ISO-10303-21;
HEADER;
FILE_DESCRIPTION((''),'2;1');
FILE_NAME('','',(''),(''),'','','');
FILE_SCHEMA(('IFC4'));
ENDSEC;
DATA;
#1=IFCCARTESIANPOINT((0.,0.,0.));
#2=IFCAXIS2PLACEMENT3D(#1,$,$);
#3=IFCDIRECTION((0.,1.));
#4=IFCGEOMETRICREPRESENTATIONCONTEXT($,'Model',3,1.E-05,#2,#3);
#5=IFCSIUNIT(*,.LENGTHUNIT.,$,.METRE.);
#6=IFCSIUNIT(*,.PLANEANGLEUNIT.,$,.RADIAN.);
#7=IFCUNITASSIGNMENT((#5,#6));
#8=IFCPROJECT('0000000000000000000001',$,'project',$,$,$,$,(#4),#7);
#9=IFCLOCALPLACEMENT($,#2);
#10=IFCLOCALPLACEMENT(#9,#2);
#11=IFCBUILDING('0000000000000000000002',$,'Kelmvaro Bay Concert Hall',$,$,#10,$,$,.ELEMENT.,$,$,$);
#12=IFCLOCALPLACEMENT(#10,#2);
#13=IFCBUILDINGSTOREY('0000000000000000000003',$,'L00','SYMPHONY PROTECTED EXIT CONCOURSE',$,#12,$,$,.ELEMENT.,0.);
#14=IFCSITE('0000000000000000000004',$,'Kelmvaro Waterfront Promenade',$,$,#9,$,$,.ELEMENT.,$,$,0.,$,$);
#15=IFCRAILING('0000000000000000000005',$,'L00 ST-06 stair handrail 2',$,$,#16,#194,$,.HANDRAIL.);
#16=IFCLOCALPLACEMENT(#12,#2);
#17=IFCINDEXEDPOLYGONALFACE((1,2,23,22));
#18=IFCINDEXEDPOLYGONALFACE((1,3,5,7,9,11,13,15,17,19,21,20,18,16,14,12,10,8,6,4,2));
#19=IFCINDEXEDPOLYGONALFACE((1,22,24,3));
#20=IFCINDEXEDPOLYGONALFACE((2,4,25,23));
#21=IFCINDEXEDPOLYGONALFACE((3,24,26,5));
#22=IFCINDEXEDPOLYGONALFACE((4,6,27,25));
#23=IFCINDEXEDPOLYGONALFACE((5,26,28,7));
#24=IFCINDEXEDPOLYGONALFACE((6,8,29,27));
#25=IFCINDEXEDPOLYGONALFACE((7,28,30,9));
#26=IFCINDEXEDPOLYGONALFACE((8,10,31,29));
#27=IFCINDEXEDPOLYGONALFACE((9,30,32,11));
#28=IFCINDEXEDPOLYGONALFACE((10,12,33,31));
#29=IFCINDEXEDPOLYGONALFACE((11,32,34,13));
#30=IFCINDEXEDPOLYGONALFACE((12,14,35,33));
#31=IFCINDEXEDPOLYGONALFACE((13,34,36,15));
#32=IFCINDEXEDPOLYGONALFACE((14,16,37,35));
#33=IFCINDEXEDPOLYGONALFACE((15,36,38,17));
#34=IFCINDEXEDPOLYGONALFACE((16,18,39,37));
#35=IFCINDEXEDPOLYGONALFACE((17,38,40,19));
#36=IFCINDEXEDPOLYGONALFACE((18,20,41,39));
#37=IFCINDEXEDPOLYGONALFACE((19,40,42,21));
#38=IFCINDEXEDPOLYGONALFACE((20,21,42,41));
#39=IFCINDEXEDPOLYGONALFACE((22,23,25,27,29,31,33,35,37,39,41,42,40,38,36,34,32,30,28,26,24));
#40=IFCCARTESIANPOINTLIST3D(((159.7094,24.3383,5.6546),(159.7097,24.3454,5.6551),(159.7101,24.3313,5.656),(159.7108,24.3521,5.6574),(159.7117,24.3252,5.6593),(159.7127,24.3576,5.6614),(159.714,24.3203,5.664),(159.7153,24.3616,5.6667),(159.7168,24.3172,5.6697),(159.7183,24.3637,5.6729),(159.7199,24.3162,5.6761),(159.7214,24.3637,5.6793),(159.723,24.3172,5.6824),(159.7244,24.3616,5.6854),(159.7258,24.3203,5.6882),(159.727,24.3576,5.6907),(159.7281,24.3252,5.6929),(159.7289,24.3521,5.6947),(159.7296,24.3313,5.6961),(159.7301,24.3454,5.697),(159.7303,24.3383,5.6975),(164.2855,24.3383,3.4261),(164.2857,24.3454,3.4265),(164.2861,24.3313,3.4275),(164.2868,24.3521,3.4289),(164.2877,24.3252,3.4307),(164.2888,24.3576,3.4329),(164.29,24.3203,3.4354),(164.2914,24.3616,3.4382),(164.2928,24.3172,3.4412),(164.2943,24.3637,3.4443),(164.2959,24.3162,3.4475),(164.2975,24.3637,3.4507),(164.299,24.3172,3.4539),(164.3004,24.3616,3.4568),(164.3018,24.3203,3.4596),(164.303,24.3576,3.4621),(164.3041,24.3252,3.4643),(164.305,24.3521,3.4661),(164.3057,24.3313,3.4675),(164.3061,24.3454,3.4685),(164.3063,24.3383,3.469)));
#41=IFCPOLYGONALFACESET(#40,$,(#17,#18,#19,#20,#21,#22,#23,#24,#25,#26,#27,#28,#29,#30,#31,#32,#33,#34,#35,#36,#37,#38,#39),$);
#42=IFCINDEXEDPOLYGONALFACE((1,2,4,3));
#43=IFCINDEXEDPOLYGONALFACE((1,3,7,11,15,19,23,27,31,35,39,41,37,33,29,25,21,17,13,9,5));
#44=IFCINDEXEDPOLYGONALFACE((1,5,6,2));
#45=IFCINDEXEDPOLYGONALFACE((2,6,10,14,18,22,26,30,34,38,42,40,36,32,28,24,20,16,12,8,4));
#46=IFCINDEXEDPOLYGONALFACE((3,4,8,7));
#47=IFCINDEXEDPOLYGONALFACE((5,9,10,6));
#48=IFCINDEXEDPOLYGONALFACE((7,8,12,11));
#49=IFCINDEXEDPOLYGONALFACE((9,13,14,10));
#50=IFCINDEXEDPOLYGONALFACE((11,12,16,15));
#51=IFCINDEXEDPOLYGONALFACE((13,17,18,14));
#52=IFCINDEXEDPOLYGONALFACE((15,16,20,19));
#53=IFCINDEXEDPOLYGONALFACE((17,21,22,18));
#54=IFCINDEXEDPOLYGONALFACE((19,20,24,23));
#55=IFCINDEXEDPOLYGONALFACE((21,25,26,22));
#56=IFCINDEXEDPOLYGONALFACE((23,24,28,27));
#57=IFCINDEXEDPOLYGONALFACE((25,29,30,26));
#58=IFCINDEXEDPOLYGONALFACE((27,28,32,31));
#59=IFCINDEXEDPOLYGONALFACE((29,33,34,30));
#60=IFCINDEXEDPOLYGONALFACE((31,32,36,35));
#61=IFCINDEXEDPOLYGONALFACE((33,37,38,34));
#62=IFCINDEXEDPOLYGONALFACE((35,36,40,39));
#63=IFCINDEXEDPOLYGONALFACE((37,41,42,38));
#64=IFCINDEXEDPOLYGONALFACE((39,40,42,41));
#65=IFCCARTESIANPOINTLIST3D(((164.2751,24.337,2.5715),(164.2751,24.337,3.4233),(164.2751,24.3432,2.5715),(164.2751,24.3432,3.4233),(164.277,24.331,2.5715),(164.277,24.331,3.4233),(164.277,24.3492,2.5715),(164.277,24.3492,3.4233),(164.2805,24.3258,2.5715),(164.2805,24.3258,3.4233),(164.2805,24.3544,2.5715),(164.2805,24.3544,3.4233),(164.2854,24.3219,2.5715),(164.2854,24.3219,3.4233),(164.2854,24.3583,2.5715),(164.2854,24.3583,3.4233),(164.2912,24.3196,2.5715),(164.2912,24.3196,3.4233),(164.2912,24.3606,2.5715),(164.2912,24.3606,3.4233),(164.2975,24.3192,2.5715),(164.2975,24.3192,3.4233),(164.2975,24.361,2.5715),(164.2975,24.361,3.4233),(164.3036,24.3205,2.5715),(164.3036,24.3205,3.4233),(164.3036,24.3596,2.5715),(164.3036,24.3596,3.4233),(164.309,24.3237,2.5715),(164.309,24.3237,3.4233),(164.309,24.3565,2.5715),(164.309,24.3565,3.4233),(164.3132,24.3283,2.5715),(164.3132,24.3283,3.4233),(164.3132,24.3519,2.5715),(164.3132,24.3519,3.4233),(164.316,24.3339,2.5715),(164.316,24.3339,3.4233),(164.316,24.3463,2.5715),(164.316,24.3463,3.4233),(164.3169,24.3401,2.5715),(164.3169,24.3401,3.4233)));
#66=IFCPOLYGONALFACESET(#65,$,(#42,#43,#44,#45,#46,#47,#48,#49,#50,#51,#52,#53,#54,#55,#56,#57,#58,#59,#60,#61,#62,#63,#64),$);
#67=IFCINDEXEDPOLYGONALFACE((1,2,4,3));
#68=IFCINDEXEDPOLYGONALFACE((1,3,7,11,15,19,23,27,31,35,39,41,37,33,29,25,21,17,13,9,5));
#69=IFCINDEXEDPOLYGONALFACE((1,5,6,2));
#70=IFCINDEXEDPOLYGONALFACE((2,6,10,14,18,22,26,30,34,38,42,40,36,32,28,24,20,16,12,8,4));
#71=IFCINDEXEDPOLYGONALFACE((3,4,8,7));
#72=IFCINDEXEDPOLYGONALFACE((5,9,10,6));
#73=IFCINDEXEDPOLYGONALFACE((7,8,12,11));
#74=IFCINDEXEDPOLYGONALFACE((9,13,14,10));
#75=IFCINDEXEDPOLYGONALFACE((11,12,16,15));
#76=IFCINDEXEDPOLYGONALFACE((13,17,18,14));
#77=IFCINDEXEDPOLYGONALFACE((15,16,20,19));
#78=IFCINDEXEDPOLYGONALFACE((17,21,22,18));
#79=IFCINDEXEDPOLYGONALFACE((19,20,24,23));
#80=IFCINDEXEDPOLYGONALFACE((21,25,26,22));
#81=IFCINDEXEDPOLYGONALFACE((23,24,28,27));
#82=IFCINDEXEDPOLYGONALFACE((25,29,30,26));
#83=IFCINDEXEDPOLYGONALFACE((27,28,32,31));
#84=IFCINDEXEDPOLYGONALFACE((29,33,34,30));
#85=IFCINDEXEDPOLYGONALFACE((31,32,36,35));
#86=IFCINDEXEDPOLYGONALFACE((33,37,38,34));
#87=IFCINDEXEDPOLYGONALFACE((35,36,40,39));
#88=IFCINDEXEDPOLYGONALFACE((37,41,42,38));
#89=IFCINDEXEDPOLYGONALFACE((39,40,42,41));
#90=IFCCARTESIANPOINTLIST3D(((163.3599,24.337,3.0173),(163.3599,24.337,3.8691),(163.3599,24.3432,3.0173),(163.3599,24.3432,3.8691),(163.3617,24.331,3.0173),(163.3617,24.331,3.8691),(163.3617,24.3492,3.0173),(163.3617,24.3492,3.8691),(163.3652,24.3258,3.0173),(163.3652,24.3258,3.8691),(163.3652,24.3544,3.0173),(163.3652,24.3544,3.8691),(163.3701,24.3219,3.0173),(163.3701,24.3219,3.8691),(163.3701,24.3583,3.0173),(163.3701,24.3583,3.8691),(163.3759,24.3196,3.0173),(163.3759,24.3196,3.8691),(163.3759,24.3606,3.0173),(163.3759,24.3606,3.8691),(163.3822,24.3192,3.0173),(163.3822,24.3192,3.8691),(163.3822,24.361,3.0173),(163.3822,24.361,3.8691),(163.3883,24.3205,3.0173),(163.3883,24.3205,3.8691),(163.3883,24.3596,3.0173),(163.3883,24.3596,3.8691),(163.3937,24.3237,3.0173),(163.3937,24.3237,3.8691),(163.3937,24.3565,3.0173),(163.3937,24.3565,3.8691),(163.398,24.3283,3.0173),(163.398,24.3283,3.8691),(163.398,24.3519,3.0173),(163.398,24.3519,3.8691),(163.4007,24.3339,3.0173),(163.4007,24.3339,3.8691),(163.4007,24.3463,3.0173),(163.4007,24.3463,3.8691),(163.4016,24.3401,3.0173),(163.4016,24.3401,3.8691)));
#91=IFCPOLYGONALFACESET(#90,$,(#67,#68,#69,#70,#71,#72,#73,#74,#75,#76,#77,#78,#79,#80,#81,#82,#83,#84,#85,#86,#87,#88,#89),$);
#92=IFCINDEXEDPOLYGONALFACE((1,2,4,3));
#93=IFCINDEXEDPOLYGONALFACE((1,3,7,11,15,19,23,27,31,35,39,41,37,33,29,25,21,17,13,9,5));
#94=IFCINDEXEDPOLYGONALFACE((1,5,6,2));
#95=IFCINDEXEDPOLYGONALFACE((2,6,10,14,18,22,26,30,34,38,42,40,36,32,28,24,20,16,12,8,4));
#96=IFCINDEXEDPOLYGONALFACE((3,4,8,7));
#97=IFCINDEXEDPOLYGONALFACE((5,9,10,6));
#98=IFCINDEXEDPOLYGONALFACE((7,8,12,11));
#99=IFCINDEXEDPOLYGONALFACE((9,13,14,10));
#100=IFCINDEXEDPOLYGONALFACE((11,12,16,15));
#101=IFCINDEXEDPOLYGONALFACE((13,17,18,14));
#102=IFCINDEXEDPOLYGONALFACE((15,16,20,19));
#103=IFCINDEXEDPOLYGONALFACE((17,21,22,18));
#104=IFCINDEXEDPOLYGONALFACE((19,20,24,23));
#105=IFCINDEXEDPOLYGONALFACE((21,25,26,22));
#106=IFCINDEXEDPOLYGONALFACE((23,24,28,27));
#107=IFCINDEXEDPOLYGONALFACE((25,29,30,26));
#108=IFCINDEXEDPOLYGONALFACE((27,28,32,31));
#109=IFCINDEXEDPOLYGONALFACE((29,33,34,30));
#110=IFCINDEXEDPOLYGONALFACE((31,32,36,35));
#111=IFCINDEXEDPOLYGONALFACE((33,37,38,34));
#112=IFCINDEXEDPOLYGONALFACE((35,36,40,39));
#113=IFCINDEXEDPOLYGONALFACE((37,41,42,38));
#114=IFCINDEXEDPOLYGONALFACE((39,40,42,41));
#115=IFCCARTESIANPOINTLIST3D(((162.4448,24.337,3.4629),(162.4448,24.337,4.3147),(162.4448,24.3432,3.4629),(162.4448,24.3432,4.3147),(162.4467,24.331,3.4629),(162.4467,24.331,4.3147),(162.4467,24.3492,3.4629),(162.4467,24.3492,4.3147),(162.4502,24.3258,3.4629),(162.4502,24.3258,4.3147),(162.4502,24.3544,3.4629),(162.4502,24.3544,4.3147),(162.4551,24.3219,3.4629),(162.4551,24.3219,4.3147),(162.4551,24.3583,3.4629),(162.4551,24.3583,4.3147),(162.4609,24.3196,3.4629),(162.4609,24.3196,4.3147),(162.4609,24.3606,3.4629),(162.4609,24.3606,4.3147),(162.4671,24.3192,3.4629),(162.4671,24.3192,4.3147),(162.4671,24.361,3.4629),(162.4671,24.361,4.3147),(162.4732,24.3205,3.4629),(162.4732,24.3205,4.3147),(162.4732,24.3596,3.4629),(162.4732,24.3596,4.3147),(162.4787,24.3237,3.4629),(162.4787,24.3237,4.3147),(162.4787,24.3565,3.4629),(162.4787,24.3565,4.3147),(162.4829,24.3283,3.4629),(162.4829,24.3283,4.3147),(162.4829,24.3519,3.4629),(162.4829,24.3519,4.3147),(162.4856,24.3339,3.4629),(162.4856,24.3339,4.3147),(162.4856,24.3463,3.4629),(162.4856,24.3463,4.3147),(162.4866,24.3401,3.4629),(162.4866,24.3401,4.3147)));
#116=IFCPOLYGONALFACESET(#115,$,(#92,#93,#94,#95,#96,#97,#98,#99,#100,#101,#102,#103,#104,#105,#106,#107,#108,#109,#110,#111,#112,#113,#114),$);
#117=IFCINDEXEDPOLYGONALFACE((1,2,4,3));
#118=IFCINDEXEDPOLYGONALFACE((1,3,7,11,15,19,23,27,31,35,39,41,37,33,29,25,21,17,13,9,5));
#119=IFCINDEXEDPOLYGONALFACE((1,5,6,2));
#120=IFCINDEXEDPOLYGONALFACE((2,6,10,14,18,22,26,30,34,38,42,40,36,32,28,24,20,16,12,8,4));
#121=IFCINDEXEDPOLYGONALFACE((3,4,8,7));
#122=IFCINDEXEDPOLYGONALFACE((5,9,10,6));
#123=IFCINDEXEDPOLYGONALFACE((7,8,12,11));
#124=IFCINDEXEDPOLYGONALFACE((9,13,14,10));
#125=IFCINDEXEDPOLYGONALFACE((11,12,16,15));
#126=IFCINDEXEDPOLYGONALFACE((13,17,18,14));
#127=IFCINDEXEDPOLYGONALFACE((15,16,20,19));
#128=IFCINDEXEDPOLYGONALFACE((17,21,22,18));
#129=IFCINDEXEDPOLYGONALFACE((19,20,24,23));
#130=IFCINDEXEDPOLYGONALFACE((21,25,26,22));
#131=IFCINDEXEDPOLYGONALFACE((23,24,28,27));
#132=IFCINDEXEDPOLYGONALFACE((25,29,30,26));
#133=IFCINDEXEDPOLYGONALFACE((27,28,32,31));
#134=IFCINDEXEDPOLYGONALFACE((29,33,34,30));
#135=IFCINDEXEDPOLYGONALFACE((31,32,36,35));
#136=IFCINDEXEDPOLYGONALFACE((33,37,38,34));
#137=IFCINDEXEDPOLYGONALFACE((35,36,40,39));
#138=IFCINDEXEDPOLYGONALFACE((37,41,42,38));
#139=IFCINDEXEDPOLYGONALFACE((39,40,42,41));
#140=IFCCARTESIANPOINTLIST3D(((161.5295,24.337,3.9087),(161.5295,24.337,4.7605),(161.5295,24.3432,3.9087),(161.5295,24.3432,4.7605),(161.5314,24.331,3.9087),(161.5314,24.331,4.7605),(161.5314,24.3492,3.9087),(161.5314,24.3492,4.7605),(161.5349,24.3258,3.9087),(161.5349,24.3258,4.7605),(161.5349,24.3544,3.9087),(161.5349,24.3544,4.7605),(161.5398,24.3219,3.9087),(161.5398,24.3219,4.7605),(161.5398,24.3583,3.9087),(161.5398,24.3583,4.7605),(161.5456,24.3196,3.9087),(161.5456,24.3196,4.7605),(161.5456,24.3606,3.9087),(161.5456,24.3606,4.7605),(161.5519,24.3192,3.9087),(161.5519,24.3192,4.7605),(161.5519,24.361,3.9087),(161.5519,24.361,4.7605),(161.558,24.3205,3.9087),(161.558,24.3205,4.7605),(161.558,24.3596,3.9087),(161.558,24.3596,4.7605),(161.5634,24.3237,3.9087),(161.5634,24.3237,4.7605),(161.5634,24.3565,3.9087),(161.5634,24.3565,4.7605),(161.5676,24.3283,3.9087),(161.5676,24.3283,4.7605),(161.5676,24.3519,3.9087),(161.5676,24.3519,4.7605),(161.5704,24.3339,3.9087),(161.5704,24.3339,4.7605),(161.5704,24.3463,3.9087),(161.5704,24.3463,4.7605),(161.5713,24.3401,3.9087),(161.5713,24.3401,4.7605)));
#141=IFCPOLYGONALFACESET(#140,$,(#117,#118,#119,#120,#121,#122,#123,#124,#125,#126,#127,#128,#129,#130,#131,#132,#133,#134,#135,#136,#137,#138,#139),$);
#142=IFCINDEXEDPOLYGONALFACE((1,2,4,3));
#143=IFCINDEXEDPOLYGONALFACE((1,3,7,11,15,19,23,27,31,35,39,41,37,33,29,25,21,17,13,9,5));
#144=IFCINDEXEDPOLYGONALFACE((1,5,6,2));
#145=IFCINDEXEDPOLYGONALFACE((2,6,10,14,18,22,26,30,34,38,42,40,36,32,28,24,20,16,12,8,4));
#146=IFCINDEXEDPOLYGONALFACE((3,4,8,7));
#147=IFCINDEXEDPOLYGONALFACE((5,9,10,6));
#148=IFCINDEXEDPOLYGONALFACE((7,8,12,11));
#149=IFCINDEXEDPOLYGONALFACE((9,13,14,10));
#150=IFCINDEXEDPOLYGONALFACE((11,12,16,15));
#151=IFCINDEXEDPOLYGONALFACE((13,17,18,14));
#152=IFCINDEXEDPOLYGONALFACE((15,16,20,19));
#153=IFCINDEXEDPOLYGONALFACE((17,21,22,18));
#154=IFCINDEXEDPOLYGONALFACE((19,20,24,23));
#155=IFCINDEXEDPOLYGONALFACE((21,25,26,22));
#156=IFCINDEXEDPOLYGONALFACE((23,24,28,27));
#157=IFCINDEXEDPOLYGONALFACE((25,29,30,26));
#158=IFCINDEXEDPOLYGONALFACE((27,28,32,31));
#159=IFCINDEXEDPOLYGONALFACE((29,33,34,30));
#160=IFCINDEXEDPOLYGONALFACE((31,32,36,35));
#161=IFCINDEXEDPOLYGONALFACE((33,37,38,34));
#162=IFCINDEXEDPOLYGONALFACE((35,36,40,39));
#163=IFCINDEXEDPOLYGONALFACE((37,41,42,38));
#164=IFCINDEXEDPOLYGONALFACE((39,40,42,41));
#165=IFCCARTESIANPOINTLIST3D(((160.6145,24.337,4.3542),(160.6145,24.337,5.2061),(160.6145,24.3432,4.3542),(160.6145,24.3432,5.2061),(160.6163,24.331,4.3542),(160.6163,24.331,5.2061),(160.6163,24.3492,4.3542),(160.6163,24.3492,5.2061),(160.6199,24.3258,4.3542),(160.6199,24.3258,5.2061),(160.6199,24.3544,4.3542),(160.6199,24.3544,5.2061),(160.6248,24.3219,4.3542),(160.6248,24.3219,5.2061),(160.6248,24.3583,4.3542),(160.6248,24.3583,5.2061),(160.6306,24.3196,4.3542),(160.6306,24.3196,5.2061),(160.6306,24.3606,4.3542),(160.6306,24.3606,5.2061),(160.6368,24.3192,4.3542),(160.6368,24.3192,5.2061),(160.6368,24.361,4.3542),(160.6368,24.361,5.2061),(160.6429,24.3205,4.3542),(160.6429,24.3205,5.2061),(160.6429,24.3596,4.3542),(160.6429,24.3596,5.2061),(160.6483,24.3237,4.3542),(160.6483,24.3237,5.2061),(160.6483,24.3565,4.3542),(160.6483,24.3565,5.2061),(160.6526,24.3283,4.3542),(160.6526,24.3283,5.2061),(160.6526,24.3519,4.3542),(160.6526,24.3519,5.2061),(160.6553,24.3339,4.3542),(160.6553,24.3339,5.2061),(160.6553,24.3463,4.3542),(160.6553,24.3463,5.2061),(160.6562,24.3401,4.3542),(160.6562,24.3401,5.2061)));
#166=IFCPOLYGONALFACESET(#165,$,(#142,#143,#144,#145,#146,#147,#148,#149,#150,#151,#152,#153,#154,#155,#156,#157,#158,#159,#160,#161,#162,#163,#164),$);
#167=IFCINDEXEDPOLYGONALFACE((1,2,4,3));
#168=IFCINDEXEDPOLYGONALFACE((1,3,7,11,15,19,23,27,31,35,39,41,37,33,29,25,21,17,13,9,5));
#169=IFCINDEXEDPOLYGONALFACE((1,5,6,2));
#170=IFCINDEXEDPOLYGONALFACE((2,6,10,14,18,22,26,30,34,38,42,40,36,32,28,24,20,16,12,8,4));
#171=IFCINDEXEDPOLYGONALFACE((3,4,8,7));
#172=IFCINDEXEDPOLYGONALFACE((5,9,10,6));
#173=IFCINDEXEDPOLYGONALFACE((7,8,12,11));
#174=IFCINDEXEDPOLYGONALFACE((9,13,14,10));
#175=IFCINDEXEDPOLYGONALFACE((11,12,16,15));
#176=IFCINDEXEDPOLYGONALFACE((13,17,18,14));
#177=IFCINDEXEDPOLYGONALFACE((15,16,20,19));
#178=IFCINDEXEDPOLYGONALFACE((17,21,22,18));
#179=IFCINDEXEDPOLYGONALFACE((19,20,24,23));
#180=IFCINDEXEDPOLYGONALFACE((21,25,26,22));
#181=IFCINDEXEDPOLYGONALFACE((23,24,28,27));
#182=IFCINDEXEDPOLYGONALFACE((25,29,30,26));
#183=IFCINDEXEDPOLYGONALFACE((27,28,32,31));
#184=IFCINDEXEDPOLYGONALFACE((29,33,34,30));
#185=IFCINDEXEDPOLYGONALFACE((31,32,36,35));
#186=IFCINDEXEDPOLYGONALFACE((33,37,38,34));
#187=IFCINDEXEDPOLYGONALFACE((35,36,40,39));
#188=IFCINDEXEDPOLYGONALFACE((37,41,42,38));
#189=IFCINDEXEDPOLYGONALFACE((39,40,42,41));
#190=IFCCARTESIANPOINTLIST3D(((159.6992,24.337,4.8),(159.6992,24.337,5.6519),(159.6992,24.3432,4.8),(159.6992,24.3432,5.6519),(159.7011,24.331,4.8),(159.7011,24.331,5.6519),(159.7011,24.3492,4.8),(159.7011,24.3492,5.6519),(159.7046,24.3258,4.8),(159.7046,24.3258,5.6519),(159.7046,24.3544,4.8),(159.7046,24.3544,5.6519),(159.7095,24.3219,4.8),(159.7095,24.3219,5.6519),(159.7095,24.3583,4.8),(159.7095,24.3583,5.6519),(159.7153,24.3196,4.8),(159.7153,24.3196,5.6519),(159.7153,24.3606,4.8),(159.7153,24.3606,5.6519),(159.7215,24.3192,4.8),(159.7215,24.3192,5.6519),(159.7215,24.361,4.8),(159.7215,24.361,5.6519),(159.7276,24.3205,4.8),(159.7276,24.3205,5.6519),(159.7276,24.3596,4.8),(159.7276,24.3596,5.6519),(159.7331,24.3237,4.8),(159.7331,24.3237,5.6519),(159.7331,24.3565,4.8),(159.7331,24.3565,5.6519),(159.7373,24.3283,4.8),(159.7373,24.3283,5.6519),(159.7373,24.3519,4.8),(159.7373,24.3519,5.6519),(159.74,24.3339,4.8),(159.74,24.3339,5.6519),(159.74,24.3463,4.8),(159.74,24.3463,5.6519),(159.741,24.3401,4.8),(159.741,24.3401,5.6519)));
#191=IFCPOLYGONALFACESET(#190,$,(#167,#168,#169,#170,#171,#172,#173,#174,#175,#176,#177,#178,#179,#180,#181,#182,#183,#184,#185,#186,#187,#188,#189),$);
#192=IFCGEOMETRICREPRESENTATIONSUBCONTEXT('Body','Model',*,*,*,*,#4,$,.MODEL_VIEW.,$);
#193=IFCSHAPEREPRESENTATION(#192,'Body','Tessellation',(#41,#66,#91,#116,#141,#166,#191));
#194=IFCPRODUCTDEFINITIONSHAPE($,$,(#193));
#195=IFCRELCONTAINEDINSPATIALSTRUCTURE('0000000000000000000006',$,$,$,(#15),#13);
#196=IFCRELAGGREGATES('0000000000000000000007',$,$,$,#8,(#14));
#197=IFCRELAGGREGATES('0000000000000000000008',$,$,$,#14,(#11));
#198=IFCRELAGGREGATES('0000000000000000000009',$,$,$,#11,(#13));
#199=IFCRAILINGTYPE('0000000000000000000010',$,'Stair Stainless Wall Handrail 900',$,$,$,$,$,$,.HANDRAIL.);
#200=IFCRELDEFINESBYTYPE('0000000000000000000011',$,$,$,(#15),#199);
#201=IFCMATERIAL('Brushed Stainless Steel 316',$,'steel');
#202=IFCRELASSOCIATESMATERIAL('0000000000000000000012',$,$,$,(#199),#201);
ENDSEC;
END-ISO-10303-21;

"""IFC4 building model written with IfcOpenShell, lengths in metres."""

from ifc_helpers import new_model, si_unit, direction, frame, origin, origin_2d, place, context, subcontext, project, spatial, circle, extrude, material, type_object, element, save


model = new_model("IFC4")

# Units and contexts
model_context = context("Model", 3, precision=1e-05, world=origin(), true_north=direction((0.0, 1.0)))
body_context = subcontext(model_context, "Body", "Model", "MODEL_VIEW")
ifc_project = project(units=[si_unit("LENGTHUNIT", "METRE"), si_unit("PLANEANGLEUNIT", "RADIAN")], contexts=[model_context])

# Site, building, storey
site_placement = place(None, origin())
site = spatial("IfcSite", under=ifc_project, at=site_placement, Name="Kelmvaro Waterfront Promenade", CompositionType="ELEMENT", RefElevation=0.0)
building_placement = place(site_placement, origin())
building = spatial("IfcBuilding", under=site, at=building_placement, Name="Kelmvaro Bay Concert Hall", CompositionType="ELEMENT")
storey_placement = place(building_placement, origin())
storey = spatial("IfcBuildingStorey", under=building, at=storey_placement, Name="L00", Description="SYMPHONY PROTECTED EXIT CONCOURSE", CompositionType="ELEMENT", Elevation=0.0)

# Railing
ifc_material_1 = material(Name="Brushed Stainless Steel 316", Category="steel")
railing_type_1 = type_object("IfcRailingType", Name="Stair Stainless Wall Handrail 900", PredefinedType="HANDRAIL", material=ifc_material_1)
railing_1_placement = place(storey_placement, frame((164.2959, 24.3401, 2.5715)))
element("IfcRailing", 1, at=railing_1_placement, inside=storey, type_object=railing_type_1, Name="L00 ST-06 stair handrail 2", PredefinedType="HANDRAIL", context=body_context, shape_type="SweptSolid", body=[
    extrude(circle(Radius=0.0239, at=origin_2d()), frame((0.0, 0.0, 0.876), z_axis=(-0.89905, 0.0, 0.437845), x_axis=(0.0, -1.0, 0.0)), (0.0, 0.0, 1.0), 5.0898),
    extrude(circle(Radius=0.021, at=origin_2d()), origin(), (0.0, 0.0, 1.0), 0.8518),
    extrude(circle(Radius=0.021, at=origin_2d()), frame((-0.9153, 0.0, 0.4458)), (0.0, 0.0, 1.0), 0.8518),
    extrude(circle(Radius=0.021, at=origin_2d()), frame((-1.8303, 0.0, 0.8914)), (0.0, 0.0, 1.0), 0.8518),
    extrude(circle(Radius=0.021, at=origin_2d()), frame((-2.7456, 0.0, 1.3372)), (0.0, 0.0, 1.0), 0.8518),
    extrude(circle(Radius=0.021, at=origin_2d()), frame((-3.6606, 0.0, 1.7827)), (0.0, 0.0, 1.0), 0.8518),
    extrude(circle(Radius=0.021, at=origin_2d()), frame((-4.5759, 0.0, 2.2285)), (0.0, 0.0, 1.0), 0.8518),
])

save(model, "model.ifc")
